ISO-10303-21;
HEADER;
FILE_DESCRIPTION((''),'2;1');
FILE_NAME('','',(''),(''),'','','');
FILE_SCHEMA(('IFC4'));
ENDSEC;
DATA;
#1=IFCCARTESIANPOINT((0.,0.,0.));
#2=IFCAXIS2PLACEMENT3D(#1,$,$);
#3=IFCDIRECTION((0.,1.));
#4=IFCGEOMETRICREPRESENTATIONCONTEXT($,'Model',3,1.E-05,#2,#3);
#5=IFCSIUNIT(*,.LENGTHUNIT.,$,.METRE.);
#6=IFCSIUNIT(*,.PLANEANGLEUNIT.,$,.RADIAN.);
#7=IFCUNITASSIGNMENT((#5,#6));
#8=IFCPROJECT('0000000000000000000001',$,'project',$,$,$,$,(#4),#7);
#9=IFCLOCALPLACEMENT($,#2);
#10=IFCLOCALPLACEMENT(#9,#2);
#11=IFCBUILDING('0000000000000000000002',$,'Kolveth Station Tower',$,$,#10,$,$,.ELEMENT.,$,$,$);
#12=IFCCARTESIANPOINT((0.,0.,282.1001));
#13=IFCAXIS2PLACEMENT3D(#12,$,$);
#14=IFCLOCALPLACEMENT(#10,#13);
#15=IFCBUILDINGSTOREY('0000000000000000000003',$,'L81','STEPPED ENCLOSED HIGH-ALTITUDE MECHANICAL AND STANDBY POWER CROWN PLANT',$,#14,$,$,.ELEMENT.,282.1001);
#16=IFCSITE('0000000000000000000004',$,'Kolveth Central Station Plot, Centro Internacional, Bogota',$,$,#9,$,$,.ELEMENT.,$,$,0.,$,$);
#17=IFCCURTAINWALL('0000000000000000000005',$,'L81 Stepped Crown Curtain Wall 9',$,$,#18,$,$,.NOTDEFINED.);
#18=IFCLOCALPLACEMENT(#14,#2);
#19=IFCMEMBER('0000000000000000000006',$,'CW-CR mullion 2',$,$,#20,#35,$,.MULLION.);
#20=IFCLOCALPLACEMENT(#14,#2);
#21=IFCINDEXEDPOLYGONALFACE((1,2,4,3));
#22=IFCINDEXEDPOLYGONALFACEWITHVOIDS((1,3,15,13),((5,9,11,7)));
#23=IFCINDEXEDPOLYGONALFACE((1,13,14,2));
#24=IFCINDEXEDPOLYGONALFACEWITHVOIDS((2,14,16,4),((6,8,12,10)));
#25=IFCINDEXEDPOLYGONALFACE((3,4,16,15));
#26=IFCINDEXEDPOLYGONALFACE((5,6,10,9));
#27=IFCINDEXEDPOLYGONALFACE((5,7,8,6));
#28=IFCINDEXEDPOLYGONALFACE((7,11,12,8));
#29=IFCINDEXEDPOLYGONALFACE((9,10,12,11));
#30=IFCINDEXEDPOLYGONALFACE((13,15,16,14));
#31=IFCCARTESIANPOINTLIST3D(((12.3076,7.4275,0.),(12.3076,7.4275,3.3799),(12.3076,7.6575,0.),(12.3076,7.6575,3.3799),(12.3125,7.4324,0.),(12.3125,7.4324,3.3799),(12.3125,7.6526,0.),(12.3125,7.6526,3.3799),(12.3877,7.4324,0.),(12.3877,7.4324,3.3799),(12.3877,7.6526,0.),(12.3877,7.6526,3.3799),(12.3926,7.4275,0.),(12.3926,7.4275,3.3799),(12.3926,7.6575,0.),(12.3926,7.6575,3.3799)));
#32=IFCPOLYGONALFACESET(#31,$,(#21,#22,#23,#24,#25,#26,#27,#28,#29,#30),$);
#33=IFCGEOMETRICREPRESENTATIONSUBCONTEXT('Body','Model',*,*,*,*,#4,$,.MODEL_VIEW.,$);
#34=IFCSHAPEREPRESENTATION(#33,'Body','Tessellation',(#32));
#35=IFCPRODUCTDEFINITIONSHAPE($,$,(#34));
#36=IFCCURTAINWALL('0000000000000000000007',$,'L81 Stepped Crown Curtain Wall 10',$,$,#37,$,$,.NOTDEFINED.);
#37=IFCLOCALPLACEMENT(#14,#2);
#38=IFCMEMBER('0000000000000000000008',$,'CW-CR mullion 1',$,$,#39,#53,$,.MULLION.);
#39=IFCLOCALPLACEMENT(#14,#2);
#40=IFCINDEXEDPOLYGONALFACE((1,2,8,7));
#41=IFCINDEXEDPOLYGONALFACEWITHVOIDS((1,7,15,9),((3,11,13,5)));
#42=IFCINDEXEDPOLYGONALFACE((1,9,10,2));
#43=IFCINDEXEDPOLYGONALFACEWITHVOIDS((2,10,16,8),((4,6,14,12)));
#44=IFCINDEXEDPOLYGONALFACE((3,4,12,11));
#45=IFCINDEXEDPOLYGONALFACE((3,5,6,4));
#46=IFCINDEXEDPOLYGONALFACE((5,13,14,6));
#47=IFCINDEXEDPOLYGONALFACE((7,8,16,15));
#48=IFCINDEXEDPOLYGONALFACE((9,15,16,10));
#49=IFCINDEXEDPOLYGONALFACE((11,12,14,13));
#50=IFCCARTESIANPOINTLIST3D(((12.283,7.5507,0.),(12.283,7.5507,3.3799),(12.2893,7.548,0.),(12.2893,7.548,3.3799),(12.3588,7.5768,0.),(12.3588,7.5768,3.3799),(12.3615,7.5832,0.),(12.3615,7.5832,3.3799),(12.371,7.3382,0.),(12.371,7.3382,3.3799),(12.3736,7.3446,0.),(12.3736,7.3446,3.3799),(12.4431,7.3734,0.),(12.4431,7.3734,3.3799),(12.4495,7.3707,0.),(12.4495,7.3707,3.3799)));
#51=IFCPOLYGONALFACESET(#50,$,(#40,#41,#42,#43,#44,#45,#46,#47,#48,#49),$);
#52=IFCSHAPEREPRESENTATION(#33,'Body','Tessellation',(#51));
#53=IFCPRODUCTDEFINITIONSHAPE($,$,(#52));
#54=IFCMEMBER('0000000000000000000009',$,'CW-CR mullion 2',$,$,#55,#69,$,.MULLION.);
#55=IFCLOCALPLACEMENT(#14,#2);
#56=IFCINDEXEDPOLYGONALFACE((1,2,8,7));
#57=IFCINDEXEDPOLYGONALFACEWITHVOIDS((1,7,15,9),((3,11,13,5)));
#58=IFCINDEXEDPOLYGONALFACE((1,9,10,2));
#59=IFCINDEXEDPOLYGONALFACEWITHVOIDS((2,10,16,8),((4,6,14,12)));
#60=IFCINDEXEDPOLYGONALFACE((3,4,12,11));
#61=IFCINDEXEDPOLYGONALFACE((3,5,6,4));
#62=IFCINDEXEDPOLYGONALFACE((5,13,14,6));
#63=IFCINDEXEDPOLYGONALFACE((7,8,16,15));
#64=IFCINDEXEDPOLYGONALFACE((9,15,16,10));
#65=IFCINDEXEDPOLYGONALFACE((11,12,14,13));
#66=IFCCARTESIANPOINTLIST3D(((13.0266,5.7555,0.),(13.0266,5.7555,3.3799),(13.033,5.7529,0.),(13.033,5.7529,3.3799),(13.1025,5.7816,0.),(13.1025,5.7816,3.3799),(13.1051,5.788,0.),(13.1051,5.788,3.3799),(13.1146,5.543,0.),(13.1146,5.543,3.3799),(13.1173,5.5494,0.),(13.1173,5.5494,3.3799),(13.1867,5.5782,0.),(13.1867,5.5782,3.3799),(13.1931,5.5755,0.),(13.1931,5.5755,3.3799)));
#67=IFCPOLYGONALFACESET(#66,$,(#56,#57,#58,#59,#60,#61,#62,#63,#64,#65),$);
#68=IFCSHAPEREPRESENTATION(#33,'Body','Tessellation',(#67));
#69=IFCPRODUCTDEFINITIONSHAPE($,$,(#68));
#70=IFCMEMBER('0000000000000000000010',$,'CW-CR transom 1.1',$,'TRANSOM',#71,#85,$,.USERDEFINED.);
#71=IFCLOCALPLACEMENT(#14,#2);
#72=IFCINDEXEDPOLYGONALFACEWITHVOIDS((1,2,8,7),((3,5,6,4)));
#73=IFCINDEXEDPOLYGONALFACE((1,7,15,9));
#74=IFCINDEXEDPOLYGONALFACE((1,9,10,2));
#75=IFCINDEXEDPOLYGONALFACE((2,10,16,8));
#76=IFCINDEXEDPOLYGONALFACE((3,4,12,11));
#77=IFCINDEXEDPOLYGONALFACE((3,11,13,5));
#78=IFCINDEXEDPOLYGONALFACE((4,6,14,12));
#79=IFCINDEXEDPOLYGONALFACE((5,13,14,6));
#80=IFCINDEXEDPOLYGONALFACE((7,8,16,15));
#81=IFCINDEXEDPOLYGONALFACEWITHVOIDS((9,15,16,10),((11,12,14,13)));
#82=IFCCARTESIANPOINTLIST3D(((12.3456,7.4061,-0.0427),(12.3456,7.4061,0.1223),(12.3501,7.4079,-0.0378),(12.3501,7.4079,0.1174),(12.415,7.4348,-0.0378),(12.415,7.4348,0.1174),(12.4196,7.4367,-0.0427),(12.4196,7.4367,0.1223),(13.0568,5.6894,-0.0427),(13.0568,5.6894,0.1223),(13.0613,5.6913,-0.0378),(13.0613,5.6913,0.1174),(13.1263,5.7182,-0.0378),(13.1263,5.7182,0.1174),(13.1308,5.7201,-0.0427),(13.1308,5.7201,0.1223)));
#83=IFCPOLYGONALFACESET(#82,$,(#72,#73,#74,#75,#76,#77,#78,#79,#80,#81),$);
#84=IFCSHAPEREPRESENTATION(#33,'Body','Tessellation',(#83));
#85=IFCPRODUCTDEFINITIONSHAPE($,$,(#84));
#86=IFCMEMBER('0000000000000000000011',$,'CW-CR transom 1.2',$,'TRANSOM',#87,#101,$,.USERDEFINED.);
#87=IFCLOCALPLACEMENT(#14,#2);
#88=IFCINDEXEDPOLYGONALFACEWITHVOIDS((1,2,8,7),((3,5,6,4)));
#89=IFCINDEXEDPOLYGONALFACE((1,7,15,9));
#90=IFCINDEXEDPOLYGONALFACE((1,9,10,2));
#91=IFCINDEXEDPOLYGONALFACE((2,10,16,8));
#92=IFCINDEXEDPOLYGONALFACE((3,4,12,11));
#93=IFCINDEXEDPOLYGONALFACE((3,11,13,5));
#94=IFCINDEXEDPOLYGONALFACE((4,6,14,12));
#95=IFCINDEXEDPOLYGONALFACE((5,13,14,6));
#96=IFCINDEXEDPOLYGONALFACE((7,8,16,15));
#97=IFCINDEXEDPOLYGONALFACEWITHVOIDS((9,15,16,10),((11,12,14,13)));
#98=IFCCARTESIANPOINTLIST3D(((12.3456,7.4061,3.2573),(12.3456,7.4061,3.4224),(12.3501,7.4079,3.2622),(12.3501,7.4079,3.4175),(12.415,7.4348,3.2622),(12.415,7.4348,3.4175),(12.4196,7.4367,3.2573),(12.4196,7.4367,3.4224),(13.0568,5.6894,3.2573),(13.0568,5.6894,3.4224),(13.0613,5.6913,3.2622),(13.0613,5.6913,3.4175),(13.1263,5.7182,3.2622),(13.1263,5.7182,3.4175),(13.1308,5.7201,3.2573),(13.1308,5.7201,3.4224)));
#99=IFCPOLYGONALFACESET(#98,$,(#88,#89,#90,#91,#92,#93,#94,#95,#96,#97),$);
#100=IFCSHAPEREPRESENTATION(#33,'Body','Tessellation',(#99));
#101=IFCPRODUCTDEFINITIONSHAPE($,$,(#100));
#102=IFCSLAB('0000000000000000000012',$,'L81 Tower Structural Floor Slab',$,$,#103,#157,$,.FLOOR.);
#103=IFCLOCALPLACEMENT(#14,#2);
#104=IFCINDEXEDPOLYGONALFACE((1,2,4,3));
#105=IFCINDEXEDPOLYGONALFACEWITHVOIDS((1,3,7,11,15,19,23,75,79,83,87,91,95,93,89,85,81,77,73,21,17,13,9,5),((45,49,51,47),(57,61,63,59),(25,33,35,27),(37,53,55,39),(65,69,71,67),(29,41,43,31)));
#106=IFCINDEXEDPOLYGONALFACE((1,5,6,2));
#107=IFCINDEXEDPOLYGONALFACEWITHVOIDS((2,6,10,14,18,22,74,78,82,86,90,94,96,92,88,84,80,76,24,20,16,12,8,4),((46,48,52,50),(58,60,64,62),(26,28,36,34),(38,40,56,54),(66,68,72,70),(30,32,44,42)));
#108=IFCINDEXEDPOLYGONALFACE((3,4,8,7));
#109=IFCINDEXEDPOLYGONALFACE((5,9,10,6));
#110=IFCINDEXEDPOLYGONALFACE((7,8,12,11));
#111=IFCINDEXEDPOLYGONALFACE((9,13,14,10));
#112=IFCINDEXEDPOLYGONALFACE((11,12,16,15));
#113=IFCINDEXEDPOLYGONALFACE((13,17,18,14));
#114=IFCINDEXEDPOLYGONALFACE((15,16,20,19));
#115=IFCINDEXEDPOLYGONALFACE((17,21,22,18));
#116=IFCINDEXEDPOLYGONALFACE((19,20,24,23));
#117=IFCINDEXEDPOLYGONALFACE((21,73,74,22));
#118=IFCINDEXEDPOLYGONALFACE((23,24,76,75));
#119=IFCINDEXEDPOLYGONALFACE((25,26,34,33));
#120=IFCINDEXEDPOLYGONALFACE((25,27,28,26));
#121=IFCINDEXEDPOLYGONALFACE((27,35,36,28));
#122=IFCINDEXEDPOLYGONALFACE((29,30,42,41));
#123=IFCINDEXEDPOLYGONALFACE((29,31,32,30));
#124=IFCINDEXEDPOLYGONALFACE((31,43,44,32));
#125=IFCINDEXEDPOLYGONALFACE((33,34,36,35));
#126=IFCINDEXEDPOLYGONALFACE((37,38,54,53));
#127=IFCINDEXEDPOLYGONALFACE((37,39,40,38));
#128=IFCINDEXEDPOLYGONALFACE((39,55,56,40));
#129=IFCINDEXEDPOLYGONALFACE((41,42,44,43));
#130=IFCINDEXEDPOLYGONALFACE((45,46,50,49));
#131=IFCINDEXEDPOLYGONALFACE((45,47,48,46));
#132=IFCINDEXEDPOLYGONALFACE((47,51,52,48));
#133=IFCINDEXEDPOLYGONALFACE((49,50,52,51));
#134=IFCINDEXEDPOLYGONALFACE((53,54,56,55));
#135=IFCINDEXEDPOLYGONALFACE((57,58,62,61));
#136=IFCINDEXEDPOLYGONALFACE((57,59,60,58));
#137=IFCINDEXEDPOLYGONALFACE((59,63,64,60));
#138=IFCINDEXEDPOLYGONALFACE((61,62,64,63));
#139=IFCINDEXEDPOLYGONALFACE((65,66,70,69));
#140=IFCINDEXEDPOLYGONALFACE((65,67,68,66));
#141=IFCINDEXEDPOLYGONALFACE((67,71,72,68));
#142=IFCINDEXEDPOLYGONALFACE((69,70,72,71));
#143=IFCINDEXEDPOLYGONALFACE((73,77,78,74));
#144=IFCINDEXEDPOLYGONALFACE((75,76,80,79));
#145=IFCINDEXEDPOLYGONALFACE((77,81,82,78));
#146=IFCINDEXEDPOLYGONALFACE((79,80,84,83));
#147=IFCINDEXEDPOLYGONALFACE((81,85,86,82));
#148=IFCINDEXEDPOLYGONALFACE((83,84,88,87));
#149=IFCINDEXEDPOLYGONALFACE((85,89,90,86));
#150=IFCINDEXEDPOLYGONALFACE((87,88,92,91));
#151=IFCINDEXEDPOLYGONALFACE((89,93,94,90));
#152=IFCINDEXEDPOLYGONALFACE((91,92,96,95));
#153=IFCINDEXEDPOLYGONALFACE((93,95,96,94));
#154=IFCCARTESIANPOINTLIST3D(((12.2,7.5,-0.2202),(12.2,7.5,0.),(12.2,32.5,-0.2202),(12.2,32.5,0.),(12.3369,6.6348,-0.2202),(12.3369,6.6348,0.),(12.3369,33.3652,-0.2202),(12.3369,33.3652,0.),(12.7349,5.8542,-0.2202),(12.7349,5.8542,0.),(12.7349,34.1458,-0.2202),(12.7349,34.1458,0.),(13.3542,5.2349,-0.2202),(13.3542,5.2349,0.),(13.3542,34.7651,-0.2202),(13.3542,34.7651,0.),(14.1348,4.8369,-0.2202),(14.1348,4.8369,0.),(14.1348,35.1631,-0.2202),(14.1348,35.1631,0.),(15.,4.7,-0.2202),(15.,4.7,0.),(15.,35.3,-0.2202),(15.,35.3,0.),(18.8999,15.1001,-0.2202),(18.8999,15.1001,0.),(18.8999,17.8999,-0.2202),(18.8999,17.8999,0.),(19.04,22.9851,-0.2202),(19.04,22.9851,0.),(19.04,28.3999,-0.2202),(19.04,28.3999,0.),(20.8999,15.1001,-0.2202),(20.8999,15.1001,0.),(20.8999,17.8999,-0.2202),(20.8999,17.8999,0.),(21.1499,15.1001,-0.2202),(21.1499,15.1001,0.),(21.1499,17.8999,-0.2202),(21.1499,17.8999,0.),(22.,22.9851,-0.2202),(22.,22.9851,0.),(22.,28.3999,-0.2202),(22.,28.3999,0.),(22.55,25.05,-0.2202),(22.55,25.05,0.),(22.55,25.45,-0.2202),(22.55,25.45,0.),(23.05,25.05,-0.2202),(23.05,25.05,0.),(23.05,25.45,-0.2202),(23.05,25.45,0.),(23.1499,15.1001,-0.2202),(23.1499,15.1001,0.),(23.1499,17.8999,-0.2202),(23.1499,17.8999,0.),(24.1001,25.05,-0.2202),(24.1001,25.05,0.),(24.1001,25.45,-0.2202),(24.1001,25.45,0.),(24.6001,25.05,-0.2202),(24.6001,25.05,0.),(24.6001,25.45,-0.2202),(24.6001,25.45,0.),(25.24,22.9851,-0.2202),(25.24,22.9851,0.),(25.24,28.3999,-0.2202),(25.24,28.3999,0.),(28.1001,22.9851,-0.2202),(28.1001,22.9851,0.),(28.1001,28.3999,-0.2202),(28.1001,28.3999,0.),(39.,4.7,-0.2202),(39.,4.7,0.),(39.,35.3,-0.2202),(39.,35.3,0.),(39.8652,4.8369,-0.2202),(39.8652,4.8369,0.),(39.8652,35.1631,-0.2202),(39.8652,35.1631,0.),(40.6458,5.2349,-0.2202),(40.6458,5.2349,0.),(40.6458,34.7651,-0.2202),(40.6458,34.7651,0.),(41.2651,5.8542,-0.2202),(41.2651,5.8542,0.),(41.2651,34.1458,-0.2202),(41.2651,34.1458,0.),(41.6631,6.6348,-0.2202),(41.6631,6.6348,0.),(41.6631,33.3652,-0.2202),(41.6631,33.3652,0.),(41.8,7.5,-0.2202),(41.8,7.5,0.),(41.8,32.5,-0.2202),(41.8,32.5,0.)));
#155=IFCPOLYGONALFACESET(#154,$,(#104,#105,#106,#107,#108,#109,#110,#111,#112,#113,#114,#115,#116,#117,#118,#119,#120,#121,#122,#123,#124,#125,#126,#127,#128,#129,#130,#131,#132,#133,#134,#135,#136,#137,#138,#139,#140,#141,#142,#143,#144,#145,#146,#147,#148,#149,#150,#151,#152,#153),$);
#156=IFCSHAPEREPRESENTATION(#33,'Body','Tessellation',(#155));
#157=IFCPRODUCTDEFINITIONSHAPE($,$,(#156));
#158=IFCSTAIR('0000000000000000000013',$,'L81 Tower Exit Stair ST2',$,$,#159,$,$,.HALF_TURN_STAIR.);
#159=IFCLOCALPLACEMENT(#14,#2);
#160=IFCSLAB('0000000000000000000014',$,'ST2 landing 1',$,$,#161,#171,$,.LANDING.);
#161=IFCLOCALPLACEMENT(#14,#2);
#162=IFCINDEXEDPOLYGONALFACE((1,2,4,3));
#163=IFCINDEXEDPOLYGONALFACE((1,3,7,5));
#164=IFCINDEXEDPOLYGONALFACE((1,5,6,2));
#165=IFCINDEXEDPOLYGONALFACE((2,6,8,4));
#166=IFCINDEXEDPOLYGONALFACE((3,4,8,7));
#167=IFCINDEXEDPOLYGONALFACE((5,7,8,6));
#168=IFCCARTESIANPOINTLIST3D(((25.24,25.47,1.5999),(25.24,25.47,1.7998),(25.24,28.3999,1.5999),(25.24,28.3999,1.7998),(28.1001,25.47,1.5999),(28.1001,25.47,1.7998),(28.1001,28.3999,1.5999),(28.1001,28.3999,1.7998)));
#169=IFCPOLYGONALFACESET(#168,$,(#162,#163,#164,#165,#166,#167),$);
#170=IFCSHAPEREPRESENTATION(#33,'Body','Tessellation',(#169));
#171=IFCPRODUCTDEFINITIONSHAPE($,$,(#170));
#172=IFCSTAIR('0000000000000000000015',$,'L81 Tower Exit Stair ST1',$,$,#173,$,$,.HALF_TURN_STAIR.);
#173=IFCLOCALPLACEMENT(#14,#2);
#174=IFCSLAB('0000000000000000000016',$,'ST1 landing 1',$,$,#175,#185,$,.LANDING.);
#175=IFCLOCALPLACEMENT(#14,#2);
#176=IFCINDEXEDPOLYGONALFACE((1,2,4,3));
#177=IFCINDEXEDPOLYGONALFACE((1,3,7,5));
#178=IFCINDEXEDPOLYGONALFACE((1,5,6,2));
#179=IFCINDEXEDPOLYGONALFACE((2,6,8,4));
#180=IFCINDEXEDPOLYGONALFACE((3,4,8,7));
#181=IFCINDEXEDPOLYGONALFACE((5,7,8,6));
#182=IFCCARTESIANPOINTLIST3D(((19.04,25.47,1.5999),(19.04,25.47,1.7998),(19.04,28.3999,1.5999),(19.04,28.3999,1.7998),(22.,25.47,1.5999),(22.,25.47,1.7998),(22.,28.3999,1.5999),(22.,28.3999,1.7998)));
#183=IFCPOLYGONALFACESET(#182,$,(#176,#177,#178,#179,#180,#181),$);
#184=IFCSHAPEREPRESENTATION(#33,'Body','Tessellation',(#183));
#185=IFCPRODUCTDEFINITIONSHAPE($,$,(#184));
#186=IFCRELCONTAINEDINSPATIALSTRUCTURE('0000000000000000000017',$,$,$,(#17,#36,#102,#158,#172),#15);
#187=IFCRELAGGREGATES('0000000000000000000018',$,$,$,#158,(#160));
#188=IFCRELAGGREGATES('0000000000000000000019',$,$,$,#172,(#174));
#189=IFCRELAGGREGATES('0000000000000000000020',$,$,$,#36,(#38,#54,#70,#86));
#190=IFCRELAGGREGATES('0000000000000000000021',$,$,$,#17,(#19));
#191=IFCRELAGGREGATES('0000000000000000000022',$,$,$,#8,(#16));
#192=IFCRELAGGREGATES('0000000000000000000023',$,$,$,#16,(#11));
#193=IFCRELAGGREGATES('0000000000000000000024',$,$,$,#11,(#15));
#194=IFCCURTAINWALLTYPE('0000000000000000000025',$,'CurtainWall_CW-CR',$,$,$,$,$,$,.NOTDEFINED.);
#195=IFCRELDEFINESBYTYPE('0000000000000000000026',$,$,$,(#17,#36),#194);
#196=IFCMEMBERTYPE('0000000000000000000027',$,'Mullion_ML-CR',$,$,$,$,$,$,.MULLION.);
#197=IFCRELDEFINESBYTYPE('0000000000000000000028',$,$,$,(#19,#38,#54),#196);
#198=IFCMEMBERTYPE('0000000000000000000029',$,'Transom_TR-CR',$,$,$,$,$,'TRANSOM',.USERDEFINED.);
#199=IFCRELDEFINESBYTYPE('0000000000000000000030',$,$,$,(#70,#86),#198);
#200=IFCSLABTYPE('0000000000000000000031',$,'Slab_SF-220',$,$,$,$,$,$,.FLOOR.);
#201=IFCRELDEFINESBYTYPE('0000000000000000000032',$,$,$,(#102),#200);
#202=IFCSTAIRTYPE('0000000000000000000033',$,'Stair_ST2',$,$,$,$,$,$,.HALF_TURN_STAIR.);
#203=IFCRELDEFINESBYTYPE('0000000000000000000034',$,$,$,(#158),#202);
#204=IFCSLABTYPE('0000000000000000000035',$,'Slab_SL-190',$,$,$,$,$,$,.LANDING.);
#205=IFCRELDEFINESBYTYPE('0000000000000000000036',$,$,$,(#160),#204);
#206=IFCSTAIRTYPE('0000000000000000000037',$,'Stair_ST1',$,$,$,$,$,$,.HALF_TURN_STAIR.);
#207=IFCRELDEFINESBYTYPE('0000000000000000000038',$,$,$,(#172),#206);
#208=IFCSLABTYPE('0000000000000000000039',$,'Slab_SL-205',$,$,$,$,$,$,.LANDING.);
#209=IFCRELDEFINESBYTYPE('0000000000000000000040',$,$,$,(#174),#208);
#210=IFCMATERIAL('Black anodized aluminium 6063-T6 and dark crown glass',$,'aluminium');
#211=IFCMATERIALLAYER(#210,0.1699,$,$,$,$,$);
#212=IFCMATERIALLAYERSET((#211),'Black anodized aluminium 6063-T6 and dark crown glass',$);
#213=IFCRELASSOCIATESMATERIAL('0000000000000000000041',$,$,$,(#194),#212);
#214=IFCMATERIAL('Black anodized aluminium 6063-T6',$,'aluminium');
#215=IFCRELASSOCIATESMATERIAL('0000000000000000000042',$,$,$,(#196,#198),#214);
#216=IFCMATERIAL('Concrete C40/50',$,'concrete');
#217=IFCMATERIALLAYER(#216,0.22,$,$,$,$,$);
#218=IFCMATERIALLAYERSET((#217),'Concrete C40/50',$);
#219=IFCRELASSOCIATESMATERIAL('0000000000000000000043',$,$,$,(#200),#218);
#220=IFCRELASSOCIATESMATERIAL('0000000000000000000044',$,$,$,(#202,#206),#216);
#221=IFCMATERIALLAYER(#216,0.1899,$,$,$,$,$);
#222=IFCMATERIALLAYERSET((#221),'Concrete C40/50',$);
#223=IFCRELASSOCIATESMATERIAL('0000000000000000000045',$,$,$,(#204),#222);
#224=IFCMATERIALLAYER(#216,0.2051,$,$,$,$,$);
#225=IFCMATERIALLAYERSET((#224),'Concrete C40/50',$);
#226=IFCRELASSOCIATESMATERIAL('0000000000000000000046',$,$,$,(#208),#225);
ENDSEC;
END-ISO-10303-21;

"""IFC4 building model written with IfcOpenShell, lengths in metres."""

from ifc_helpers import new_model, si_unit, direction, frame, origin, origin_2d, place, context, subcontext, project, spatial, polyline, hollow_rectangle, outline, extrude, source, transform, mapped, material, layer, layer_set, material_profile, profile_set, type_object, element, aggregate, save


model = new_model("IFC4")

# Units and contexts
model_context = context("Model", 3, precision=1e-05, world=origin(), true_north=direction((0.0, 1.0)))
body_context = subcontext(model_context, "Body", "Model", "MODEL_VIEW")
ifc_project = project(units=[si_unit("LENGTHUNIT", "METRE"), si_unit("PLANEANGLEUNIT", "RADIAN")], contexts=[model_context])

# Site, building, storey
site_placement = place(None, origin())
site = spatial("IfcSite", under=ifc_project, at=site_placement, Name="Kolveth Central Station Plot, Centro Internacional, Bogota", CompositionType="ELEMENT", RefElevation=0.0)
building_placement = place(site_placement, origin())
building = spatial("IfcBuilding", under=site, at=building_placement, Name="Kolveth Station Tower", CompositionType="ELEMENT")
storey_placement = place(building_placement, frame((0.0, 0.0, 282.1001)))
storey = spatial("IfcBuildingStorey", under=building, at=storey_placement, Name="L81", Description="STEPPED ENCLOSED HIGH-ALTITUDE MECHANICAL AND STANDBY POWER CROWN PLANT", CompositionType="ELEMENT", Elevation=282.1001)

# Curtain wall, member
ifc_material_1 = material(Name="Black anodized aluminium 6063-T6 and dark crown glass", Category="aluminium")
ifc_layer_1 = layer(ifc_material_1, 0.1699)
ifc_layer_set_1 = layer_set([ifc_layer_1], Name="Black anodized aluminium 6063-T6 and dark crown glass")
curtain_wall_type = type_object("IfcCurtainWallType", Name="CurtainWall_CW-CR", PredefinedType="NOTDEFINED", material=ifc_layer_set_1)
curtain_wall_1_placement = place(storey_placement, origin())
curtain_wall_1 = element("IfcCurtainWall", 1, at=curtain_wall_1_placement, inside=storey, type_object=curtain_wall_type, Name="L81 Stepped Crown Curtain Wall 9", PredefinedType="NOTDEFINED")
ifc_material_2 = material(Name="Black anodized aluminium 6063-T6", Category="aluminium")
ifc_material_profile_1 = material_profile(ifc_material_2, hollow_rectangle(XDim=0.085, YDim=0.23, WallThickness=0.0049, at=origin_2d()), Name="ALU-85x230x5")
ifc_profile_set_1 = profile_set([ifc_material_profile_1], Name="Black anodized aluminium 6063-T6")
member_type_1 = type_object("IfcMemberType", Name="Mullion_ML-CR", PredefinedType="MULLION", material=ifc_profile_set_1)
shared_shape_1 = source(origin(), body_context, "Body", "SweptSolid", [
    extrude(hollow_rectangle(XDim=0.085, YDim=0.23, WallThickness=0.0049, at=origin_2d()), origin(), (0.0, 0.0, 1.0), 3.3799),
])
member_1_placement = place(storey_placement, frame((12.3501, 7.5425, 0.0), z_axis=(0.0, 0.0, 1.0), x_axis=(1.0, 0.0, 0.0)))
member_1 = element("IfcMember", 2, at=member_1_placement, type_object=member_type_1, Name="CW-CR mullion 2", PredefinedType="MULLION", context=body_context, shape_type="MappedRepresentation", body=[
    mapped(shared_shape_1, transform((0.0, 0.0, 0.0), x_axis=(1.0, 0.0, 0.0), y_axis=(0.0, 1.0, 0.0), z_axis=(0.0, 0.0, 1.0), scale=1.0)),
])

# Curtain wall, members
curtain_wall_2_placement = place(storey_placement, origin())
curtain_wall_2 = element("IfcCurtainWall", 3, at=curtain_wall_2_placement, inside=storey, type_object=curtain_wall_type, Name="L81 Stepped Crown Curtain Wall 10", PredefinedType="NOTDEFINED")
member_2_placement = place(storey_placement, frame((12.3662, 7.4607, 0.0), z_axis=(0.0, 0.0, 1.0), x_axis=(0.923871, 0.382703, 0.0)))
member_2 = element("IfcMember", 4, at=member_2_placement, type_object=member_type_1, Name="CW-CR mullion 1", PredefinedType="MULLION", context=body_context, shape_type="MappedRepresentation", body=[
    mapped(shared_shape_1, transform((0.0, 0.0, 0.0), x_axis=(1.0, 0.0, 0.0), y_axis=(0.0, 1.0, 0.0), z_axis=(0.0, 0.0, 1.0), scale=1.0)),
])
member_3_placement = place(storey_placement, frame((13.1099, 5.6655, 0.0), z_axis=(0.0, 0.0, 1.0), x_axis=(0.923871, 0.382703, 0.0)))
member_3 = element("IfcMember", 5, at=member_3_placement, type_object=member_type_1, Name="CW-CR mullion 2", PredefinedType="MULLION", context=body_context, shape_type="MappedRepresentation", body=[
    mapped(shared_shape_1, transform((0.0, 0.0, 0.0), x_axis=(1.0, 0.0, 0.0), y_axis=(0.0, 1.0, 0.0), z_axis=(0.0, 0.0, 1.0), scale=1.0)),
])
ifc_material_profile_2 = material_profile(ifc_material_2, hollow_rectangle(XDim=0.0801, YDim=0.165, WallThickness=0.0049, at=origin_2d()), Name="ALU-80x165x5")
ifc_profile_set_2 = profile_set([ifc_material_profile_2], Name="Black anodized aluminium 6063-T6")
member_type_2 = type_object("IfcMemberType", Name="Transom_TR-CR", ElementType="TRANSOM", PredefinedType="USERDEFINED", material=ifc_profile_set_2)
shared_shape_2 = source(origin(), body_context, "Body", "SweptSolid", [
    extrude(hollow_rectangle(XDim=0.0801, YDim=0.165, WallThickness=0.0049, at=origin_2d()), origin(), (0.0, 0.0, 1.0), 1.8582),
])
member_4_placement = place(storey_placement, frame((12.3826, 7.4214, 0.0398), z_axis=(0.382758, -0.923849, 0.0), x_axis=(0.923849, 0.382758, 0.0)))
member_4 = element("IfcMember", 6, at=member_4_placement, type_object=member_type_2, Name="CW-CR transom 1.1", ObjectType="TRANSOM", PredefinedType="USERDEFINED", context=body_context, shape_type="MappedRepresentation", body=[
    mapped(shared_shape_2, transform((0.0, 0.0, 0.0), x_axis=(1.0, 0.0, 0.0), y_axis=(0.0, 1.0, 0.0), z_axis=(0.0, 0.0, 1.0), scale=1.0)),
])
member_5_placement = place(storey_placement, frame((12.3826, 7.4214, 3.3398), z_axis=(0.382758, -0.923849, 0.0), x_axis=(0.923849, 0.382758, 0.0)))
member_5 = element("IfcMember", 7, at=member_5_placement, type_object=member_type_2, Name="CW-CR transom 1.2", ObjectType="TRANSOM", PredefinedType="USERDEFINED", context=body_context, shape_type="MappedRepresentation", body=[
    mapped(shared_shape_2, transform((0.0, 0.0, 0.0), x_axis=(1.0, 0.0, 0.0), y_axis=(0.0, 1.0, 0.0), z_axis=(0.0, 0.0, 1.0), scale=1.0)),
])

# Slab
ifc_material_3 = material(Name="Concrete C40/50", Category="concrete")
ifc_layer_2 = layer(ifc_material_3, 0.22)
ifc_layer_set_2 = layer_set([ifc_layer_2], Name="Concrete C40/50")
slab_type_1 = type_object("IfcSlabType", Name="Slab_SF-220", PredefinedType="FLOOR", material=ifc_layer_set_2)
slab_1_placement = place(storey_placement, frame((0.0, 0.0, -0.2202)))
element("IfcSlab", 8, at=slab_1_placement, inside=storey, type_object=slab_type_1, Name="L81 Tower Structural Floor Slab", PredefinedType="FLOOR", context=body_context, shape_type="SweptSolid", body=[
    extrude(outline(polyline([(39.0, 4.7), (39.8652, 4.8369), (40.6458, 5.2349), (41.2651, 5.8542), (41.6631, 6.6348), (41.8, 7.5), (41.8, 32.5), (41.6631, 33.3652), (41.2651, 34.1458), (40.6458, 34.7651), (39.8652, 35.1631), (39.0, 35.3), (15.0, 35.3), (14.1348, 35.1631), (13.3542, 34.7651), (12.7349, 34.1458), (12.3369, 33.3652), (12.2, 32.5), (12.2, 7.5), (12.3369, 6.6348), (12.7349, 5.8542), (13.3542, 5.2349), (14.1348, 4.8369), (15.0, 4.7), (39.0, 4.7)]), holes=[polyline([(19.04, 22.9851), (22.0, 22.9851), (22.0, 28.3999), (19.04, 28.3999), (19.04, 22.9851)]), polyline([(25.24, 22.9851), (28.1001, 22.9851), (28.1001, 28.3999), (25.24, 28.3999), (25.24, 22.9851)]), polyline([(18.8999, 15.1001), (20.8999, 15.1001), (20.8999, 17.8999), (18.8999, 17.8999), (18.8999, 15.1001)]), polyline([(21.1499, 15.1001), (23.1499, 15.1001), (23.1499, 17.8999), (21.1499, 17.8999), (21.1499, 15.1001)]), polyline([(22.55, 25.05), (23.05, 25.05), (23.05, 25.45), (22.55, 25.45), (22.55, 25.05)]), polyline([(24.1001, 25.05), (24.6001, 25.05), (24.6001, 25.45), (24.1001, 25.45), (24.1001, 25.05)])]), origin(), (0.0, 0.0, 1.0), 0.2202),
])

# Stairs, slabs
stair_type_1 = type_object("IfcStairType", Name="Stair_ST2", PredefinedType="HALF_TURN_STAIR", material=ifc_material_3)
stair_1_placement = place(storey_placement, origin())
stair_1 = element("IfcStair", 9, at=stair_1_placement, inside=storey, type_object=stair_type_1, Name="L81 Tower Exit Stair ST2", PredefinedType="HALF_TURN_STAIR")
ifc_layer_3 = layer(ifc_material_3, 0.1899)
ifc_layer_set_3 = layer_set([ifc_layer_3], Name="Concrete C40/50")
slab_type_2 = type_object("IfcSlabType", Name="Slab_SL-190", PredefinedType="LANDING", material=ifc_layer_set_3)
slab_2_placement = place(storey_placement, frame((0.0, 0.0, 1.5999)))
slab_2 = element("IfcSlab", 10, at=slab_2_placement, type_object=slab_type_2, Name="ST2 landing 1", PredefinedType="LANDING", context=body_context, shape_type="SweptSolid", body=[
    extrude(outline(polyline([(28.1001, 25.47), (28.1001, 28.3999), (25.24, 28.3999), (25.24, 25.47), (28.1001, 25.47)])), origin(), (0.0, 0.0, 1.0), 0.2),
])
aggregate(stair_1, [slab_2])
stair_type_2 = type_object("IfcStairType", Name="Stair_ST1", PredefinedType="HALF_TURN_STAIR", material=ifc_material_3)
stair_2_placement = place(storey_placement, origin())
stair_2 = element("IfcStair", 11, at=stair_2_placement, inside=storey, type_object=stair_type_2, Name="L81 Tower Exit Stair ST1", PredefinedType="HALF_TURN_STAIR")
ifc_layer_4 = layer(ifc_material_3, 0.2051)
ifc_layer_set_4 = layer_set([ifc_layer_4], Name="Concrete C40/50")
slab_type_3 = type_object("IfcSlabType", Name="Slab_SL-205", PredefinedType="LANDING", material=ifc_layer_set_4)
slab_3_placement = place(storey_placement, frame((0.0, 0.0, 1.5999)))
slab_3 = element("IfcSlab", 12, at=slab_3_placement, type_object=slab_type_3, Name="ST1 landing 1", PredefinedType="LANDING", context=body_context, shape_type="SweptSolid", body=[
    extrude(outline(polyline([(22.0, 25.47), (22.0, 28.3999), (19.04, 28.3999), (19.04, 25.47), (22.0, 25.47)])), origin(), (0.0, 0.0, 1.0), 0.2),
])
aggregate(stair_2, [slab_3])

aggregate(curtain_wall_2, [member_2, member_3, member_4, member_5])
aggregate(curtain_wall_1, [member_1])

save(model, "model.ifc")
